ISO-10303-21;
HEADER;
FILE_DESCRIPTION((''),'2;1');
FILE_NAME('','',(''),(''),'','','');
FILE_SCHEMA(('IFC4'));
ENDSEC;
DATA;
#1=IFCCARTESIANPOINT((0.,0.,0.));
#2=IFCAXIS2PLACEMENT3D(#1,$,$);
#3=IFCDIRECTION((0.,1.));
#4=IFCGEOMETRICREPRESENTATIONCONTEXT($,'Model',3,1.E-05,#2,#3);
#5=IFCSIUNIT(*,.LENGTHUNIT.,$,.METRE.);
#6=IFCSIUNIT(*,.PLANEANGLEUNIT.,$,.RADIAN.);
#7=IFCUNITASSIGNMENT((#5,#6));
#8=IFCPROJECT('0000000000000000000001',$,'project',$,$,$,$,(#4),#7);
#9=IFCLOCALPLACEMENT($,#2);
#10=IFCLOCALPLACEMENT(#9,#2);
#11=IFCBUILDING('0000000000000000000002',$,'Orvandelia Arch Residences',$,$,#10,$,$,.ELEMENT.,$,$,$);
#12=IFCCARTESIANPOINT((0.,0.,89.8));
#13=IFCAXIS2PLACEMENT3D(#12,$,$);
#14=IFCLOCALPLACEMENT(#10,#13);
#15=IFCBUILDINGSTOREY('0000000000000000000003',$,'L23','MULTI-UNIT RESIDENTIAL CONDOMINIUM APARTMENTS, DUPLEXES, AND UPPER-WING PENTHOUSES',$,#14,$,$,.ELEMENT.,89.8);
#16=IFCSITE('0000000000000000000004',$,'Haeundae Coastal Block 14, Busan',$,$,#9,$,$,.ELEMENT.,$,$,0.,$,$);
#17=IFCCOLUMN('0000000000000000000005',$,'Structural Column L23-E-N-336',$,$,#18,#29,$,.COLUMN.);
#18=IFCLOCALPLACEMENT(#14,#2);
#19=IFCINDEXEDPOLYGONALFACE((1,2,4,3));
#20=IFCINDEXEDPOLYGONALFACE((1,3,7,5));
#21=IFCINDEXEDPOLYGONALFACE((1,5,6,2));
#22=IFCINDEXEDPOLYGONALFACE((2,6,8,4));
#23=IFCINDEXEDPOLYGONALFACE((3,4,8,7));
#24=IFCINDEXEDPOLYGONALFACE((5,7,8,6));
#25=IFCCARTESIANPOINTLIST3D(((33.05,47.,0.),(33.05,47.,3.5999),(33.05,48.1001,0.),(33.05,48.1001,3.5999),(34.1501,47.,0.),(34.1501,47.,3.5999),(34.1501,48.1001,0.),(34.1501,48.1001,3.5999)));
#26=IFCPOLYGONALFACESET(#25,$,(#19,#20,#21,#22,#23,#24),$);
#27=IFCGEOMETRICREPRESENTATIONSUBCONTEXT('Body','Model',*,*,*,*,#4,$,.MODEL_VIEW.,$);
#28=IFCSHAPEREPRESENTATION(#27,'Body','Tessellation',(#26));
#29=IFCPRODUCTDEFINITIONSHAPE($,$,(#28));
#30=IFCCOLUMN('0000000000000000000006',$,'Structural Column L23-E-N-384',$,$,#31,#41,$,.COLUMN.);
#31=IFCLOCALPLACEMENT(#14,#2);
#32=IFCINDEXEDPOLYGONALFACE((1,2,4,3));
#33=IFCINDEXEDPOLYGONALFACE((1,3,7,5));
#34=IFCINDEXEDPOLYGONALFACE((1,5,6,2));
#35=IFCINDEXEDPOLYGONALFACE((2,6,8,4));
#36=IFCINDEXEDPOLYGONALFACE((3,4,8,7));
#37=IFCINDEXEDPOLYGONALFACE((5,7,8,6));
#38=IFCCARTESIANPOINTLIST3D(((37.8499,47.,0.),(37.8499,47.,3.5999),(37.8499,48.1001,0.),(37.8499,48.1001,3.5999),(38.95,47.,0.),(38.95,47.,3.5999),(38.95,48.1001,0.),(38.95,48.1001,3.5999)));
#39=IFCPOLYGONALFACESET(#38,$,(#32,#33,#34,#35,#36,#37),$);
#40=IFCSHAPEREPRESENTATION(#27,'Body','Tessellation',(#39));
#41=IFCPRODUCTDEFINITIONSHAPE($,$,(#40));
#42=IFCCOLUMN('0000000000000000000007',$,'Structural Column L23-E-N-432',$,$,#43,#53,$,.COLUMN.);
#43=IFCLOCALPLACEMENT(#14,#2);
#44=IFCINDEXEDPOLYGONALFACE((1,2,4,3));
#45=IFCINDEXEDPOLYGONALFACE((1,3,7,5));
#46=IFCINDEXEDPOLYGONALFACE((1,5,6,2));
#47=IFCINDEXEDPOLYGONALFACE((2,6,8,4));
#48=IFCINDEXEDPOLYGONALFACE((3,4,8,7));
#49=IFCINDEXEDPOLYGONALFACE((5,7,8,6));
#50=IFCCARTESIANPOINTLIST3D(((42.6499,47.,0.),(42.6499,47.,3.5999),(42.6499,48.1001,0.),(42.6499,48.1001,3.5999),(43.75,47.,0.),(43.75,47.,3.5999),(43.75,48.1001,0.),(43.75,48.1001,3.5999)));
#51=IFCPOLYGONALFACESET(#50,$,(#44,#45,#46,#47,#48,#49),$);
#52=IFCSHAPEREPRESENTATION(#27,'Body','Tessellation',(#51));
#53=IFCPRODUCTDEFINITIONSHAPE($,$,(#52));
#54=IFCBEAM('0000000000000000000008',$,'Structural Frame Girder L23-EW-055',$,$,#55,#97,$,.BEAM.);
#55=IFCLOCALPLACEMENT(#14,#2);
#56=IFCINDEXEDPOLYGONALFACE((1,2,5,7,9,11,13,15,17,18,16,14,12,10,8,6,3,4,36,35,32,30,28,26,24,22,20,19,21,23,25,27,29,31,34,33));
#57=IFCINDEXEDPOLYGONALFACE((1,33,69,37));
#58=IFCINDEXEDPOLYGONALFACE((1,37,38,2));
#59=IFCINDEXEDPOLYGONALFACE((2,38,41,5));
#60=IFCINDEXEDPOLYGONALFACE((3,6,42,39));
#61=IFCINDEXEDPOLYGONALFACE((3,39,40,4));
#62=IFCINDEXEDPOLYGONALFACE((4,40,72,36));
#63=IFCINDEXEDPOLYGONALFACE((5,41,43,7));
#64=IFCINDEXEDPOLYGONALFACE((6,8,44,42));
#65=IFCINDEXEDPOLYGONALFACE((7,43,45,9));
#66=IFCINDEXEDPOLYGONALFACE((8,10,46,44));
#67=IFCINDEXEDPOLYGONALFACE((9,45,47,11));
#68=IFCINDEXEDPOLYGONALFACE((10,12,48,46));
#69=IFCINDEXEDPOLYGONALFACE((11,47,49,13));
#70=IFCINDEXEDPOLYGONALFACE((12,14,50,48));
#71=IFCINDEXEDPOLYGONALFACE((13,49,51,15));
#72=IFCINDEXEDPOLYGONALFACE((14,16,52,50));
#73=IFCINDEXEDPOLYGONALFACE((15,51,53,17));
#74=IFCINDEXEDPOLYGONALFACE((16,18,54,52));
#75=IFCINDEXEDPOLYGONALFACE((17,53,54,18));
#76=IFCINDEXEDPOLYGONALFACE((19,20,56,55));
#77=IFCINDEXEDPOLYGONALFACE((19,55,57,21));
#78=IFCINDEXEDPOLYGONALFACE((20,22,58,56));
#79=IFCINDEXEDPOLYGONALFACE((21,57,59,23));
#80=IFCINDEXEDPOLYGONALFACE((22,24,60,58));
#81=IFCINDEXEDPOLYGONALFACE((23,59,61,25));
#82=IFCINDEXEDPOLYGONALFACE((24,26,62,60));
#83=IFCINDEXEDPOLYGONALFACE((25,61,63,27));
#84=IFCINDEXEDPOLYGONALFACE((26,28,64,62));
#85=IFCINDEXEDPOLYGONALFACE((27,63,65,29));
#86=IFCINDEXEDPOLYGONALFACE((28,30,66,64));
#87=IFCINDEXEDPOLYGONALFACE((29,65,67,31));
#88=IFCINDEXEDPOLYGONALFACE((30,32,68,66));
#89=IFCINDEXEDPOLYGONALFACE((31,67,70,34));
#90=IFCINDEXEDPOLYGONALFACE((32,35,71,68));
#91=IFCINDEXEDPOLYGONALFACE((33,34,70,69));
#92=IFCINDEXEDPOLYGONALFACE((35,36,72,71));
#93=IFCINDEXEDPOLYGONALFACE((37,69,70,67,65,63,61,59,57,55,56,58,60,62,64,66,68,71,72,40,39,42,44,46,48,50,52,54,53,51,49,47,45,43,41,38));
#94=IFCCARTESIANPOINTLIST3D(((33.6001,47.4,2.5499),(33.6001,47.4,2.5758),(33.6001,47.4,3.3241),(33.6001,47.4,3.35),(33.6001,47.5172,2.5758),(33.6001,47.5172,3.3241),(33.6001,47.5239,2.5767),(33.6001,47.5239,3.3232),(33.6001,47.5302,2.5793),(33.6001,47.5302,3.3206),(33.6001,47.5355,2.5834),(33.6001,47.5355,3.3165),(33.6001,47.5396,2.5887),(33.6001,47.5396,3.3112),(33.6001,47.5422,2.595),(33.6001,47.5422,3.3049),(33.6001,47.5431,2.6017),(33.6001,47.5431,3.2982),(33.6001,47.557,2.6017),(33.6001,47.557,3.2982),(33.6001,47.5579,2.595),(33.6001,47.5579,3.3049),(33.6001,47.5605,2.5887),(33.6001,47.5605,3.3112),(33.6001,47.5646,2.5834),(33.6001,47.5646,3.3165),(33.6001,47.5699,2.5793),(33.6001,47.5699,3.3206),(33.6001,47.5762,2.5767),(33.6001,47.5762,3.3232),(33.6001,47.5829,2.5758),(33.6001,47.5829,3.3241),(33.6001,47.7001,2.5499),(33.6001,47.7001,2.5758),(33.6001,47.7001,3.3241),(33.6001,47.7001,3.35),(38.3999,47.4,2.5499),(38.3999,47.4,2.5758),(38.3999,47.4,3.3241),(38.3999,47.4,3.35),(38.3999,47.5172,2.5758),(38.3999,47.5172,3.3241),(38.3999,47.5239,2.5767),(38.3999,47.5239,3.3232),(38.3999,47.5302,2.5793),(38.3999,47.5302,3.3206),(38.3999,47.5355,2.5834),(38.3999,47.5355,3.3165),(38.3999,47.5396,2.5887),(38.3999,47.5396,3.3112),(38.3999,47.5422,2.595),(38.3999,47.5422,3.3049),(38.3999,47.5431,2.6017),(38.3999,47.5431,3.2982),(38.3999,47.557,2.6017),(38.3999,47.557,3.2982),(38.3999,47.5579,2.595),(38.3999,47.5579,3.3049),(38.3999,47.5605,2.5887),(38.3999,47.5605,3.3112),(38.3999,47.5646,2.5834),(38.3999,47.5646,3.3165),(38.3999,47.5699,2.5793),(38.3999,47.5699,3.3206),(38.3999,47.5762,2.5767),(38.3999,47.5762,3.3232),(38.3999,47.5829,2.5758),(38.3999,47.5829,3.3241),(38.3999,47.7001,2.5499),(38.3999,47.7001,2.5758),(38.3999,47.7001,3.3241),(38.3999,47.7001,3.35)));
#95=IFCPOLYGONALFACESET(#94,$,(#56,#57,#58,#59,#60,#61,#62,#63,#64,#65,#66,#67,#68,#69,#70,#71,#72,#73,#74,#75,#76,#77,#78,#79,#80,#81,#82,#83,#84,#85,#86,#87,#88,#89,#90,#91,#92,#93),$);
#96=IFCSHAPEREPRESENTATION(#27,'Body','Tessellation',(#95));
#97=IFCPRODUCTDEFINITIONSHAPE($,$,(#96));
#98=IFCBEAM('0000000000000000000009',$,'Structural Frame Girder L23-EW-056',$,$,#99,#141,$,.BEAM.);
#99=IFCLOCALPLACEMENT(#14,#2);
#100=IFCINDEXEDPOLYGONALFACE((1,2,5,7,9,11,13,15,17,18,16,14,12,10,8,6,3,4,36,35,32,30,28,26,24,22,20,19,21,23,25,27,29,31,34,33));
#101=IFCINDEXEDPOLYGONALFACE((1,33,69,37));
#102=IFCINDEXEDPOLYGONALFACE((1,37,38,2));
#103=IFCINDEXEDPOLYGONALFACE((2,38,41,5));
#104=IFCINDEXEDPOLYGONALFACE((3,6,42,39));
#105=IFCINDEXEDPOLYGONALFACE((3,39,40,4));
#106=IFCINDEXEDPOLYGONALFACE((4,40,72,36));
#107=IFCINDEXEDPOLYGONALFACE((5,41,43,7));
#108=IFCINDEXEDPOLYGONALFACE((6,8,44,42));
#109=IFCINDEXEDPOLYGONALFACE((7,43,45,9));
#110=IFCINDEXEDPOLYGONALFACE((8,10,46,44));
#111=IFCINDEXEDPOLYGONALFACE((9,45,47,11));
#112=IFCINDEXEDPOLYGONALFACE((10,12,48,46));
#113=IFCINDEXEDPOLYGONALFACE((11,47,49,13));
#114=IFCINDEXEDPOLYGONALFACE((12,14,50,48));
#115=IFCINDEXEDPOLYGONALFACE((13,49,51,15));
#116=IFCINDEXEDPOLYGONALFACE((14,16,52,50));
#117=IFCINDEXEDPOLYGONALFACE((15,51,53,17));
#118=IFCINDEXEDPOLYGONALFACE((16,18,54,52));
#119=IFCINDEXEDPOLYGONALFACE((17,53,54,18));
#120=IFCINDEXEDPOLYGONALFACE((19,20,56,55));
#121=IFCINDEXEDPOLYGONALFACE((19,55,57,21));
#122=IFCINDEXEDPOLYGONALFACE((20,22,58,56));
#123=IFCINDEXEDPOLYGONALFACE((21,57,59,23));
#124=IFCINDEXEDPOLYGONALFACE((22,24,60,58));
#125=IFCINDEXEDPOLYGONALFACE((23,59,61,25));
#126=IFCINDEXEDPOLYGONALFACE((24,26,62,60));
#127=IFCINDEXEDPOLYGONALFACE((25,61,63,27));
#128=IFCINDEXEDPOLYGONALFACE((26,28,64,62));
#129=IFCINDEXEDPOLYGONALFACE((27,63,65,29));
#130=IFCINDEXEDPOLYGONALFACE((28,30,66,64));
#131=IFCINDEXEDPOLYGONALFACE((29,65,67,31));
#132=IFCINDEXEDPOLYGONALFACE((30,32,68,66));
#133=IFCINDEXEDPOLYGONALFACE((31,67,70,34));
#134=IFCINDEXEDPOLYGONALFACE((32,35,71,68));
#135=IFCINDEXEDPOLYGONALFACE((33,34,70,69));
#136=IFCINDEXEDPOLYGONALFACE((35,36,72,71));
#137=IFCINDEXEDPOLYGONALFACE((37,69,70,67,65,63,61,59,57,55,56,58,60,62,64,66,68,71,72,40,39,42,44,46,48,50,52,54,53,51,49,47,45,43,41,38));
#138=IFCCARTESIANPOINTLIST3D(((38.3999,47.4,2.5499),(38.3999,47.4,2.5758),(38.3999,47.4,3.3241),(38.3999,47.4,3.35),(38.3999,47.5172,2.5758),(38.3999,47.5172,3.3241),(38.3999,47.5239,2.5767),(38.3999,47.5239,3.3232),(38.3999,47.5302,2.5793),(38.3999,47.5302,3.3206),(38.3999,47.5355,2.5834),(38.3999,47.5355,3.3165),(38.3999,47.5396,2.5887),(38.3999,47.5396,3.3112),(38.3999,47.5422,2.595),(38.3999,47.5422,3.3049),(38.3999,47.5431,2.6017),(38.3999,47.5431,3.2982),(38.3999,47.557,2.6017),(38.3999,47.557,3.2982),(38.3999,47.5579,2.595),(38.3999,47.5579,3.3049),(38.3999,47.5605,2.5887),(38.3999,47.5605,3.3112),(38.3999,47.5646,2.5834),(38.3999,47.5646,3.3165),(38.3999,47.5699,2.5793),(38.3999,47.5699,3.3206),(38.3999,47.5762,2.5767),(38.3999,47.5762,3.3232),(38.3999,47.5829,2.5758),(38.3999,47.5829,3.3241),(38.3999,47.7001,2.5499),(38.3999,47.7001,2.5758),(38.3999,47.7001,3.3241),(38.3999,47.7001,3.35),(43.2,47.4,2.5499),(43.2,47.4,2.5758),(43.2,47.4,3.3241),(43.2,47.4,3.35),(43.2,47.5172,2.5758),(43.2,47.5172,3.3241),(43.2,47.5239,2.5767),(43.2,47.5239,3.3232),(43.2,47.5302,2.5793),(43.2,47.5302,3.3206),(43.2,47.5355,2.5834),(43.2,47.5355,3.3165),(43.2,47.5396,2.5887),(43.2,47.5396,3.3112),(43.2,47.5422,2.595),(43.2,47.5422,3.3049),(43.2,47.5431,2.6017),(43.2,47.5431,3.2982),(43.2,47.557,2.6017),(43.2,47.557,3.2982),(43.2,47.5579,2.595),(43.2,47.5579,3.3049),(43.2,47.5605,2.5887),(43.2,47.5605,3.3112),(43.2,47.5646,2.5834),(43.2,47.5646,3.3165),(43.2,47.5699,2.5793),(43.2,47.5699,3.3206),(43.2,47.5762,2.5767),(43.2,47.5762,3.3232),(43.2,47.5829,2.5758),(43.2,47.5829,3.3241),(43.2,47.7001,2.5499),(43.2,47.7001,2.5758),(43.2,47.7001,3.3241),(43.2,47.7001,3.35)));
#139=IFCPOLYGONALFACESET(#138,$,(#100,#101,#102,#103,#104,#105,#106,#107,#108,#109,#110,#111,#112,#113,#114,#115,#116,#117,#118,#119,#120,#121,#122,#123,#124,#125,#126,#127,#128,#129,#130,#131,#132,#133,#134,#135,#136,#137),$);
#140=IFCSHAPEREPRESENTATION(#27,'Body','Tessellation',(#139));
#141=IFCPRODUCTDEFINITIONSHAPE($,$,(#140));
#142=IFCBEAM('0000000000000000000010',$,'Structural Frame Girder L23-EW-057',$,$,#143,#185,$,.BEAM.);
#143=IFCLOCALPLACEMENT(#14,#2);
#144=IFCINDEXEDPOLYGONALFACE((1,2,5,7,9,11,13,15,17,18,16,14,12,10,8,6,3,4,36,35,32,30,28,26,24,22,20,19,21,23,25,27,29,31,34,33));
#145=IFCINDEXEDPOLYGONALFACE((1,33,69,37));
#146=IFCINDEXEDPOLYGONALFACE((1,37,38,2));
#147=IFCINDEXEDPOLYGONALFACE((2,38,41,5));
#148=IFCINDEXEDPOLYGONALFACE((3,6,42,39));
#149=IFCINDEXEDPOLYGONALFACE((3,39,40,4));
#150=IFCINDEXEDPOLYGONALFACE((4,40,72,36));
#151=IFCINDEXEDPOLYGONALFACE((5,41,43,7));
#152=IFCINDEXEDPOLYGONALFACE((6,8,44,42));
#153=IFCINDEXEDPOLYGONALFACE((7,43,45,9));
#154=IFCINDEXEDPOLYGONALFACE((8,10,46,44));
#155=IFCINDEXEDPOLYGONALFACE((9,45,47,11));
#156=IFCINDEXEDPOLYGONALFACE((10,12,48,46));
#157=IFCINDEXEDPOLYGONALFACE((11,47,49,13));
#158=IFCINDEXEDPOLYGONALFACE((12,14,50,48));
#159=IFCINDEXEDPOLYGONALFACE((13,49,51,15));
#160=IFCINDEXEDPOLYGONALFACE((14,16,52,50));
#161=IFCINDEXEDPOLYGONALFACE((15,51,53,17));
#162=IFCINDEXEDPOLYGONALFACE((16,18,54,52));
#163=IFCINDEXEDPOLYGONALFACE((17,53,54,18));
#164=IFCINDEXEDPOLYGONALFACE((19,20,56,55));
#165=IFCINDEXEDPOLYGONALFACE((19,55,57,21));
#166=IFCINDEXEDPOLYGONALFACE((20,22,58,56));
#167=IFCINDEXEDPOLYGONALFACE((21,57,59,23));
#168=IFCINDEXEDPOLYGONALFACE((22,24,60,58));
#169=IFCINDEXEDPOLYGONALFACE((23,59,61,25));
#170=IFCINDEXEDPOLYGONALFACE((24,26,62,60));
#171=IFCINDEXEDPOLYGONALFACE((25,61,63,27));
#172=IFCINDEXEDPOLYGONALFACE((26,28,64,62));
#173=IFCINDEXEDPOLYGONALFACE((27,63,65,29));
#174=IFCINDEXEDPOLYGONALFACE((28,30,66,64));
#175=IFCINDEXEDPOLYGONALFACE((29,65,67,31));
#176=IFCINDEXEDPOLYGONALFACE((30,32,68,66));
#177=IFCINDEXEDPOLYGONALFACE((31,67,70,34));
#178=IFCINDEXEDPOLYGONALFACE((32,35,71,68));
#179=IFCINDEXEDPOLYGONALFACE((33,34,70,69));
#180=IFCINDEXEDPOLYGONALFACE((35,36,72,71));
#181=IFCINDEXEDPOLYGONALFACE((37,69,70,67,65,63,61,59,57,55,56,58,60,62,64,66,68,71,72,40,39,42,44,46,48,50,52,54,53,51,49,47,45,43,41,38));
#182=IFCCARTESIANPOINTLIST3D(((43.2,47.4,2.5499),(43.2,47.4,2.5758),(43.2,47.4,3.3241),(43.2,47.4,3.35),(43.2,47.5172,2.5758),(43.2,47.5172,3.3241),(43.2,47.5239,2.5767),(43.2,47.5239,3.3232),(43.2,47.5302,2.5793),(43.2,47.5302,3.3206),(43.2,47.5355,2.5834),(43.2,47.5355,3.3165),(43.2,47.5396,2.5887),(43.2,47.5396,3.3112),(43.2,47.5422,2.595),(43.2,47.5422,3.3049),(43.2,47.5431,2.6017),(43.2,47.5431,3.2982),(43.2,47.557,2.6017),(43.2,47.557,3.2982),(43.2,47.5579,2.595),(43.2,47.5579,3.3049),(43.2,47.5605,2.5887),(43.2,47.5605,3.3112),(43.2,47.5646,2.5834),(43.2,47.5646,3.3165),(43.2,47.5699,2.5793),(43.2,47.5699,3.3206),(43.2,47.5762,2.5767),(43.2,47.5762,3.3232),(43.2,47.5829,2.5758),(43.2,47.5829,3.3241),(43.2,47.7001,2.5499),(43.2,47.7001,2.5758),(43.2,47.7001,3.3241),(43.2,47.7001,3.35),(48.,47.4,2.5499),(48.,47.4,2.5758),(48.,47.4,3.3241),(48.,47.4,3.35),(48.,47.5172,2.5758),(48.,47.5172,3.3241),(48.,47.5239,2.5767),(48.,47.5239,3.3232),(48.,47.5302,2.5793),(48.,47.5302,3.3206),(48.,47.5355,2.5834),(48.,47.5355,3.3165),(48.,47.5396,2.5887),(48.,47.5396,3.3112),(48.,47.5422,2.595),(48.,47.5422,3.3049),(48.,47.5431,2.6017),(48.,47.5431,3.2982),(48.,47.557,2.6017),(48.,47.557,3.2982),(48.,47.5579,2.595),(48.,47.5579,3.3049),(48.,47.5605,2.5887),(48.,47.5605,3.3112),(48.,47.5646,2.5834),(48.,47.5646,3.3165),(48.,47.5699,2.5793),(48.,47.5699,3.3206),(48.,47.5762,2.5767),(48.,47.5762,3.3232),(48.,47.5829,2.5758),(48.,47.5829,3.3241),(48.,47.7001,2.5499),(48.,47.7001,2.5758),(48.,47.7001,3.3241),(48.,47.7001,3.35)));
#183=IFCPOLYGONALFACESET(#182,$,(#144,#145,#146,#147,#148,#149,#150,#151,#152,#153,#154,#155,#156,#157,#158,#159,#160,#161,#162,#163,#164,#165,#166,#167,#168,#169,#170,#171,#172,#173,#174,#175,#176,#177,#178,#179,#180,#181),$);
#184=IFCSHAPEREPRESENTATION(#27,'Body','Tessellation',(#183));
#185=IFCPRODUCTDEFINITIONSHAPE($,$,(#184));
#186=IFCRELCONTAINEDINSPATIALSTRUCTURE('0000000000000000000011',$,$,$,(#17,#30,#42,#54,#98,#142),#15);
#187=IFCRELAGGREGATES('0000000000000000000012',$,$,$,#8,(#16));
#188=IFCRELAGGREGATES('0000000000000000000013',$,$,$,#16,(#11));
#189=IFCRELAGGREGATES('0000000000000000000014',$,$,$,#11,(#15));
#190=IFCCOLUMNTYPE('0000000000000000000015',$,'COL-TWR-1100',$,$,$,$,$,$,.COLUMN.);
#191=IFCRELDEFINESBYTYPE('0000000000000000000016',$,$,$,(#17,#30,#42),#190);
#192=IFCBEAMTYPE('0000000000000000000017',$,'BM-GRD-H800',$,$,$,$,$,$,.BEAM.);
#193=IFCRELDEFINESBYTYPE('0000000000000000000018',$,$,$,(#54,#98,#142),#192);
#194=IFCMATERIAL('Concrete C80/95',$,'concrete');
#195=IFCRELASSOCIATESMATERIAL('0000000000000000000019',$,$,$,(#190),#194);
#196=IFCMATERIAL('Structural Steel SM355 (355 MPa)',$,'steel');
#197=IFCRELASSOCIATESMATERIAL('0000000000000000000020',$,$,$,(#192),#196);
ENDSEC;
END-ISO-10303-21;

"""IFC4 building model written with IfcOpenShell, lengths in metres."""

from ifc_helpers import new_model, si_unit, direction, frame, origin, origin_2d, place, context, subcontext, project, spatial, rectangle, i_section, extrude, material, material_profile, profile_set, type_object, element, save


model = new_model("IFC4")

# Units and contexts
model_context = context("Model", 3, precision=1e-05, world=origin(), true_north=direction((0.0, 1.0)))
body_context = subcontext(model_context, "Body", "Model", "MODEL_VIEW")
ifc_project = project(units=[si_unit("LENGTHUNIT", "METRE"), si_unit("PLANEANGLEUNIT", "RADIAN")], contexts=[model_context])

# Site, building, storey
site_placement = place(None, origin())
site = spatial("IfcSite", under=ifc_project, at=site_placement, Name="Haeundae Coastal Block 14, Busan", CompositionType="ELEMENT", RefElevation=0.0)
building_placement = place(site_placement, origin())
building = spatial("IfcBuilding", under=site, at=building_placement, Name="Orvandelia Arch Residences", CompositionType="ELEMENT")
storey_placement = place(building_placement, frame((0.0, 0.0, 89.8)))
storey = spatial("IfcBuildingStorey", under=building, at=storey_placement, Name="L23", Description="MULTI-UNIT RESIDENTIAL CONDOMINIUM APARTMENTS, DUPLEXES, AND UPPER-WING PENTHOUSES", CompositionType="ELEMENT", Elevation=89.8)

# Columns
ifc_material_1 = material(Name="Concrete C80/95", Category="concrete")
ifc_material_profile_1 = material_profile(ifc_material_1, rectangle(XDim=1.1001, YDim=1.1001, at=origin_2d()), Name="Concrete C80/95", Category="concrete")
ifc_profile_set_1 = profile_set([ifc_material_profile_1], Name="Concrete C80/95")
column_type = type_object("IfcColumnType", Name="COL-TWR-1100", PredefinedType="COLUMN", material=ifc_profile_set_1)
for number, where, z_axis, x_axis, name in (
    (1, (33.6001, 47.55, 0.0), (0.0, 0.0, 1.0), (1.0, 0.0, 0.0), "Structural Column L23-E-N-336"),
    (2, (38.3999, 47.55, 0.0), (0.0, 0.0, 1.0), (1.0, 0.0, 0.0), "Structural Column L23-E-N-384"),
    (3, (43.2, 47.55, 0.0), (0.0, 0.0, 1.0), (1.0, 0.0, 0.0), "Structural Column L23-E-N-432"),
):
    element("IfcColumn", number, at=place(storey_placement, frame(where, z_axis=z_axis, x_axis=x_axis)), inside=storey, type_object=column_type, Name=name, PredefinedType="COLUMN", context=body_context, shape_type="SweptSolid", body=[
        extrude(rectangle(XDim=1.1001, YDim=1.1001, at=origin_2d()), origin(), (0.0, 0.0, 1.0), 3.5999),
    ])

# Beams
ifc_material_2 = material(Name="Structural Steel SM355 (355 MPa)", Category="steel")
ifc_material_profile_2 = material_profile(ifc_material_2, i_section(OverallWidth=0.3, OverallDepth=0.8, WebThickness=0.0139, FlangeThickness=0.0259, FilletRadius=0.0259, at=origin_2d()), Name="Structural Steel SM355 (355 MPa)", Category="steel")
ifc_profile_set_2 = profile_set([ifc_material_profile_2], Name="Structural Steel SM355 (355 MPa)")
beam_type = type_object("IfcBeamType", Name="BM-GRD-H800", PredefinedType="BEAM", material=ifc_profile_set_2)
beam_placement = place(storey_placement, frame((33.6001, 47.55, 2.95), z_axis=(1.0, 0.0, 0.0), x_axis=(0.0, 1.0, 0.0)))
element("IfcBeam", 4, at=beam_placement, inside=storey, type_object=beam_type, Name="Structural Frame Girder L23-EW-055", PredefinedType="BEAM", context=body_context, shape_type="SweptSolid", body=[
    extrude(i_section(OverallWidth=0.3, OverallDepth=0.8, WebThickness=0.0139, FlangeThickness=0.0259, FilletRadius=0.0259, at=origin_2d()), origin(), (0.0, 0.0, 1.0), 4.7998),
])
for number, where, z_axis, x_axis, name in (
    (5, (38.3999, 47.55, 2.95), (1.0, 0.0, 0.0), (0.0, 1.0, 0.0), "Structural Frame Girder L23-EW-056"),
    (6, (43.2, 47.55, 2.95), (1.0, 0.0, 0.0), (0.0, 1.0, 0.0), "Structural Frame Girder L23-EW-057"),
):
    element("IfcBeam", number, at=place(storey_placement, frame(where, z_axis=z_axis, x_axis=x_axis)), inside=storey, type_object=beam_type, Name=name, PredefinedType="BEAM", context=body_context, shape_type="SweptSolid", body=[
        extrude(i_section(OverallWidth=0.3, OverallDepth=0.8, WebThickness=0.0139, FlangeThickness=0.0259, FilletRadius=0.0259, at=origin_2d()), origin(), (0.0, 0.0, 1.0), 4.8),
    ])

save(model, "model.ifc")
